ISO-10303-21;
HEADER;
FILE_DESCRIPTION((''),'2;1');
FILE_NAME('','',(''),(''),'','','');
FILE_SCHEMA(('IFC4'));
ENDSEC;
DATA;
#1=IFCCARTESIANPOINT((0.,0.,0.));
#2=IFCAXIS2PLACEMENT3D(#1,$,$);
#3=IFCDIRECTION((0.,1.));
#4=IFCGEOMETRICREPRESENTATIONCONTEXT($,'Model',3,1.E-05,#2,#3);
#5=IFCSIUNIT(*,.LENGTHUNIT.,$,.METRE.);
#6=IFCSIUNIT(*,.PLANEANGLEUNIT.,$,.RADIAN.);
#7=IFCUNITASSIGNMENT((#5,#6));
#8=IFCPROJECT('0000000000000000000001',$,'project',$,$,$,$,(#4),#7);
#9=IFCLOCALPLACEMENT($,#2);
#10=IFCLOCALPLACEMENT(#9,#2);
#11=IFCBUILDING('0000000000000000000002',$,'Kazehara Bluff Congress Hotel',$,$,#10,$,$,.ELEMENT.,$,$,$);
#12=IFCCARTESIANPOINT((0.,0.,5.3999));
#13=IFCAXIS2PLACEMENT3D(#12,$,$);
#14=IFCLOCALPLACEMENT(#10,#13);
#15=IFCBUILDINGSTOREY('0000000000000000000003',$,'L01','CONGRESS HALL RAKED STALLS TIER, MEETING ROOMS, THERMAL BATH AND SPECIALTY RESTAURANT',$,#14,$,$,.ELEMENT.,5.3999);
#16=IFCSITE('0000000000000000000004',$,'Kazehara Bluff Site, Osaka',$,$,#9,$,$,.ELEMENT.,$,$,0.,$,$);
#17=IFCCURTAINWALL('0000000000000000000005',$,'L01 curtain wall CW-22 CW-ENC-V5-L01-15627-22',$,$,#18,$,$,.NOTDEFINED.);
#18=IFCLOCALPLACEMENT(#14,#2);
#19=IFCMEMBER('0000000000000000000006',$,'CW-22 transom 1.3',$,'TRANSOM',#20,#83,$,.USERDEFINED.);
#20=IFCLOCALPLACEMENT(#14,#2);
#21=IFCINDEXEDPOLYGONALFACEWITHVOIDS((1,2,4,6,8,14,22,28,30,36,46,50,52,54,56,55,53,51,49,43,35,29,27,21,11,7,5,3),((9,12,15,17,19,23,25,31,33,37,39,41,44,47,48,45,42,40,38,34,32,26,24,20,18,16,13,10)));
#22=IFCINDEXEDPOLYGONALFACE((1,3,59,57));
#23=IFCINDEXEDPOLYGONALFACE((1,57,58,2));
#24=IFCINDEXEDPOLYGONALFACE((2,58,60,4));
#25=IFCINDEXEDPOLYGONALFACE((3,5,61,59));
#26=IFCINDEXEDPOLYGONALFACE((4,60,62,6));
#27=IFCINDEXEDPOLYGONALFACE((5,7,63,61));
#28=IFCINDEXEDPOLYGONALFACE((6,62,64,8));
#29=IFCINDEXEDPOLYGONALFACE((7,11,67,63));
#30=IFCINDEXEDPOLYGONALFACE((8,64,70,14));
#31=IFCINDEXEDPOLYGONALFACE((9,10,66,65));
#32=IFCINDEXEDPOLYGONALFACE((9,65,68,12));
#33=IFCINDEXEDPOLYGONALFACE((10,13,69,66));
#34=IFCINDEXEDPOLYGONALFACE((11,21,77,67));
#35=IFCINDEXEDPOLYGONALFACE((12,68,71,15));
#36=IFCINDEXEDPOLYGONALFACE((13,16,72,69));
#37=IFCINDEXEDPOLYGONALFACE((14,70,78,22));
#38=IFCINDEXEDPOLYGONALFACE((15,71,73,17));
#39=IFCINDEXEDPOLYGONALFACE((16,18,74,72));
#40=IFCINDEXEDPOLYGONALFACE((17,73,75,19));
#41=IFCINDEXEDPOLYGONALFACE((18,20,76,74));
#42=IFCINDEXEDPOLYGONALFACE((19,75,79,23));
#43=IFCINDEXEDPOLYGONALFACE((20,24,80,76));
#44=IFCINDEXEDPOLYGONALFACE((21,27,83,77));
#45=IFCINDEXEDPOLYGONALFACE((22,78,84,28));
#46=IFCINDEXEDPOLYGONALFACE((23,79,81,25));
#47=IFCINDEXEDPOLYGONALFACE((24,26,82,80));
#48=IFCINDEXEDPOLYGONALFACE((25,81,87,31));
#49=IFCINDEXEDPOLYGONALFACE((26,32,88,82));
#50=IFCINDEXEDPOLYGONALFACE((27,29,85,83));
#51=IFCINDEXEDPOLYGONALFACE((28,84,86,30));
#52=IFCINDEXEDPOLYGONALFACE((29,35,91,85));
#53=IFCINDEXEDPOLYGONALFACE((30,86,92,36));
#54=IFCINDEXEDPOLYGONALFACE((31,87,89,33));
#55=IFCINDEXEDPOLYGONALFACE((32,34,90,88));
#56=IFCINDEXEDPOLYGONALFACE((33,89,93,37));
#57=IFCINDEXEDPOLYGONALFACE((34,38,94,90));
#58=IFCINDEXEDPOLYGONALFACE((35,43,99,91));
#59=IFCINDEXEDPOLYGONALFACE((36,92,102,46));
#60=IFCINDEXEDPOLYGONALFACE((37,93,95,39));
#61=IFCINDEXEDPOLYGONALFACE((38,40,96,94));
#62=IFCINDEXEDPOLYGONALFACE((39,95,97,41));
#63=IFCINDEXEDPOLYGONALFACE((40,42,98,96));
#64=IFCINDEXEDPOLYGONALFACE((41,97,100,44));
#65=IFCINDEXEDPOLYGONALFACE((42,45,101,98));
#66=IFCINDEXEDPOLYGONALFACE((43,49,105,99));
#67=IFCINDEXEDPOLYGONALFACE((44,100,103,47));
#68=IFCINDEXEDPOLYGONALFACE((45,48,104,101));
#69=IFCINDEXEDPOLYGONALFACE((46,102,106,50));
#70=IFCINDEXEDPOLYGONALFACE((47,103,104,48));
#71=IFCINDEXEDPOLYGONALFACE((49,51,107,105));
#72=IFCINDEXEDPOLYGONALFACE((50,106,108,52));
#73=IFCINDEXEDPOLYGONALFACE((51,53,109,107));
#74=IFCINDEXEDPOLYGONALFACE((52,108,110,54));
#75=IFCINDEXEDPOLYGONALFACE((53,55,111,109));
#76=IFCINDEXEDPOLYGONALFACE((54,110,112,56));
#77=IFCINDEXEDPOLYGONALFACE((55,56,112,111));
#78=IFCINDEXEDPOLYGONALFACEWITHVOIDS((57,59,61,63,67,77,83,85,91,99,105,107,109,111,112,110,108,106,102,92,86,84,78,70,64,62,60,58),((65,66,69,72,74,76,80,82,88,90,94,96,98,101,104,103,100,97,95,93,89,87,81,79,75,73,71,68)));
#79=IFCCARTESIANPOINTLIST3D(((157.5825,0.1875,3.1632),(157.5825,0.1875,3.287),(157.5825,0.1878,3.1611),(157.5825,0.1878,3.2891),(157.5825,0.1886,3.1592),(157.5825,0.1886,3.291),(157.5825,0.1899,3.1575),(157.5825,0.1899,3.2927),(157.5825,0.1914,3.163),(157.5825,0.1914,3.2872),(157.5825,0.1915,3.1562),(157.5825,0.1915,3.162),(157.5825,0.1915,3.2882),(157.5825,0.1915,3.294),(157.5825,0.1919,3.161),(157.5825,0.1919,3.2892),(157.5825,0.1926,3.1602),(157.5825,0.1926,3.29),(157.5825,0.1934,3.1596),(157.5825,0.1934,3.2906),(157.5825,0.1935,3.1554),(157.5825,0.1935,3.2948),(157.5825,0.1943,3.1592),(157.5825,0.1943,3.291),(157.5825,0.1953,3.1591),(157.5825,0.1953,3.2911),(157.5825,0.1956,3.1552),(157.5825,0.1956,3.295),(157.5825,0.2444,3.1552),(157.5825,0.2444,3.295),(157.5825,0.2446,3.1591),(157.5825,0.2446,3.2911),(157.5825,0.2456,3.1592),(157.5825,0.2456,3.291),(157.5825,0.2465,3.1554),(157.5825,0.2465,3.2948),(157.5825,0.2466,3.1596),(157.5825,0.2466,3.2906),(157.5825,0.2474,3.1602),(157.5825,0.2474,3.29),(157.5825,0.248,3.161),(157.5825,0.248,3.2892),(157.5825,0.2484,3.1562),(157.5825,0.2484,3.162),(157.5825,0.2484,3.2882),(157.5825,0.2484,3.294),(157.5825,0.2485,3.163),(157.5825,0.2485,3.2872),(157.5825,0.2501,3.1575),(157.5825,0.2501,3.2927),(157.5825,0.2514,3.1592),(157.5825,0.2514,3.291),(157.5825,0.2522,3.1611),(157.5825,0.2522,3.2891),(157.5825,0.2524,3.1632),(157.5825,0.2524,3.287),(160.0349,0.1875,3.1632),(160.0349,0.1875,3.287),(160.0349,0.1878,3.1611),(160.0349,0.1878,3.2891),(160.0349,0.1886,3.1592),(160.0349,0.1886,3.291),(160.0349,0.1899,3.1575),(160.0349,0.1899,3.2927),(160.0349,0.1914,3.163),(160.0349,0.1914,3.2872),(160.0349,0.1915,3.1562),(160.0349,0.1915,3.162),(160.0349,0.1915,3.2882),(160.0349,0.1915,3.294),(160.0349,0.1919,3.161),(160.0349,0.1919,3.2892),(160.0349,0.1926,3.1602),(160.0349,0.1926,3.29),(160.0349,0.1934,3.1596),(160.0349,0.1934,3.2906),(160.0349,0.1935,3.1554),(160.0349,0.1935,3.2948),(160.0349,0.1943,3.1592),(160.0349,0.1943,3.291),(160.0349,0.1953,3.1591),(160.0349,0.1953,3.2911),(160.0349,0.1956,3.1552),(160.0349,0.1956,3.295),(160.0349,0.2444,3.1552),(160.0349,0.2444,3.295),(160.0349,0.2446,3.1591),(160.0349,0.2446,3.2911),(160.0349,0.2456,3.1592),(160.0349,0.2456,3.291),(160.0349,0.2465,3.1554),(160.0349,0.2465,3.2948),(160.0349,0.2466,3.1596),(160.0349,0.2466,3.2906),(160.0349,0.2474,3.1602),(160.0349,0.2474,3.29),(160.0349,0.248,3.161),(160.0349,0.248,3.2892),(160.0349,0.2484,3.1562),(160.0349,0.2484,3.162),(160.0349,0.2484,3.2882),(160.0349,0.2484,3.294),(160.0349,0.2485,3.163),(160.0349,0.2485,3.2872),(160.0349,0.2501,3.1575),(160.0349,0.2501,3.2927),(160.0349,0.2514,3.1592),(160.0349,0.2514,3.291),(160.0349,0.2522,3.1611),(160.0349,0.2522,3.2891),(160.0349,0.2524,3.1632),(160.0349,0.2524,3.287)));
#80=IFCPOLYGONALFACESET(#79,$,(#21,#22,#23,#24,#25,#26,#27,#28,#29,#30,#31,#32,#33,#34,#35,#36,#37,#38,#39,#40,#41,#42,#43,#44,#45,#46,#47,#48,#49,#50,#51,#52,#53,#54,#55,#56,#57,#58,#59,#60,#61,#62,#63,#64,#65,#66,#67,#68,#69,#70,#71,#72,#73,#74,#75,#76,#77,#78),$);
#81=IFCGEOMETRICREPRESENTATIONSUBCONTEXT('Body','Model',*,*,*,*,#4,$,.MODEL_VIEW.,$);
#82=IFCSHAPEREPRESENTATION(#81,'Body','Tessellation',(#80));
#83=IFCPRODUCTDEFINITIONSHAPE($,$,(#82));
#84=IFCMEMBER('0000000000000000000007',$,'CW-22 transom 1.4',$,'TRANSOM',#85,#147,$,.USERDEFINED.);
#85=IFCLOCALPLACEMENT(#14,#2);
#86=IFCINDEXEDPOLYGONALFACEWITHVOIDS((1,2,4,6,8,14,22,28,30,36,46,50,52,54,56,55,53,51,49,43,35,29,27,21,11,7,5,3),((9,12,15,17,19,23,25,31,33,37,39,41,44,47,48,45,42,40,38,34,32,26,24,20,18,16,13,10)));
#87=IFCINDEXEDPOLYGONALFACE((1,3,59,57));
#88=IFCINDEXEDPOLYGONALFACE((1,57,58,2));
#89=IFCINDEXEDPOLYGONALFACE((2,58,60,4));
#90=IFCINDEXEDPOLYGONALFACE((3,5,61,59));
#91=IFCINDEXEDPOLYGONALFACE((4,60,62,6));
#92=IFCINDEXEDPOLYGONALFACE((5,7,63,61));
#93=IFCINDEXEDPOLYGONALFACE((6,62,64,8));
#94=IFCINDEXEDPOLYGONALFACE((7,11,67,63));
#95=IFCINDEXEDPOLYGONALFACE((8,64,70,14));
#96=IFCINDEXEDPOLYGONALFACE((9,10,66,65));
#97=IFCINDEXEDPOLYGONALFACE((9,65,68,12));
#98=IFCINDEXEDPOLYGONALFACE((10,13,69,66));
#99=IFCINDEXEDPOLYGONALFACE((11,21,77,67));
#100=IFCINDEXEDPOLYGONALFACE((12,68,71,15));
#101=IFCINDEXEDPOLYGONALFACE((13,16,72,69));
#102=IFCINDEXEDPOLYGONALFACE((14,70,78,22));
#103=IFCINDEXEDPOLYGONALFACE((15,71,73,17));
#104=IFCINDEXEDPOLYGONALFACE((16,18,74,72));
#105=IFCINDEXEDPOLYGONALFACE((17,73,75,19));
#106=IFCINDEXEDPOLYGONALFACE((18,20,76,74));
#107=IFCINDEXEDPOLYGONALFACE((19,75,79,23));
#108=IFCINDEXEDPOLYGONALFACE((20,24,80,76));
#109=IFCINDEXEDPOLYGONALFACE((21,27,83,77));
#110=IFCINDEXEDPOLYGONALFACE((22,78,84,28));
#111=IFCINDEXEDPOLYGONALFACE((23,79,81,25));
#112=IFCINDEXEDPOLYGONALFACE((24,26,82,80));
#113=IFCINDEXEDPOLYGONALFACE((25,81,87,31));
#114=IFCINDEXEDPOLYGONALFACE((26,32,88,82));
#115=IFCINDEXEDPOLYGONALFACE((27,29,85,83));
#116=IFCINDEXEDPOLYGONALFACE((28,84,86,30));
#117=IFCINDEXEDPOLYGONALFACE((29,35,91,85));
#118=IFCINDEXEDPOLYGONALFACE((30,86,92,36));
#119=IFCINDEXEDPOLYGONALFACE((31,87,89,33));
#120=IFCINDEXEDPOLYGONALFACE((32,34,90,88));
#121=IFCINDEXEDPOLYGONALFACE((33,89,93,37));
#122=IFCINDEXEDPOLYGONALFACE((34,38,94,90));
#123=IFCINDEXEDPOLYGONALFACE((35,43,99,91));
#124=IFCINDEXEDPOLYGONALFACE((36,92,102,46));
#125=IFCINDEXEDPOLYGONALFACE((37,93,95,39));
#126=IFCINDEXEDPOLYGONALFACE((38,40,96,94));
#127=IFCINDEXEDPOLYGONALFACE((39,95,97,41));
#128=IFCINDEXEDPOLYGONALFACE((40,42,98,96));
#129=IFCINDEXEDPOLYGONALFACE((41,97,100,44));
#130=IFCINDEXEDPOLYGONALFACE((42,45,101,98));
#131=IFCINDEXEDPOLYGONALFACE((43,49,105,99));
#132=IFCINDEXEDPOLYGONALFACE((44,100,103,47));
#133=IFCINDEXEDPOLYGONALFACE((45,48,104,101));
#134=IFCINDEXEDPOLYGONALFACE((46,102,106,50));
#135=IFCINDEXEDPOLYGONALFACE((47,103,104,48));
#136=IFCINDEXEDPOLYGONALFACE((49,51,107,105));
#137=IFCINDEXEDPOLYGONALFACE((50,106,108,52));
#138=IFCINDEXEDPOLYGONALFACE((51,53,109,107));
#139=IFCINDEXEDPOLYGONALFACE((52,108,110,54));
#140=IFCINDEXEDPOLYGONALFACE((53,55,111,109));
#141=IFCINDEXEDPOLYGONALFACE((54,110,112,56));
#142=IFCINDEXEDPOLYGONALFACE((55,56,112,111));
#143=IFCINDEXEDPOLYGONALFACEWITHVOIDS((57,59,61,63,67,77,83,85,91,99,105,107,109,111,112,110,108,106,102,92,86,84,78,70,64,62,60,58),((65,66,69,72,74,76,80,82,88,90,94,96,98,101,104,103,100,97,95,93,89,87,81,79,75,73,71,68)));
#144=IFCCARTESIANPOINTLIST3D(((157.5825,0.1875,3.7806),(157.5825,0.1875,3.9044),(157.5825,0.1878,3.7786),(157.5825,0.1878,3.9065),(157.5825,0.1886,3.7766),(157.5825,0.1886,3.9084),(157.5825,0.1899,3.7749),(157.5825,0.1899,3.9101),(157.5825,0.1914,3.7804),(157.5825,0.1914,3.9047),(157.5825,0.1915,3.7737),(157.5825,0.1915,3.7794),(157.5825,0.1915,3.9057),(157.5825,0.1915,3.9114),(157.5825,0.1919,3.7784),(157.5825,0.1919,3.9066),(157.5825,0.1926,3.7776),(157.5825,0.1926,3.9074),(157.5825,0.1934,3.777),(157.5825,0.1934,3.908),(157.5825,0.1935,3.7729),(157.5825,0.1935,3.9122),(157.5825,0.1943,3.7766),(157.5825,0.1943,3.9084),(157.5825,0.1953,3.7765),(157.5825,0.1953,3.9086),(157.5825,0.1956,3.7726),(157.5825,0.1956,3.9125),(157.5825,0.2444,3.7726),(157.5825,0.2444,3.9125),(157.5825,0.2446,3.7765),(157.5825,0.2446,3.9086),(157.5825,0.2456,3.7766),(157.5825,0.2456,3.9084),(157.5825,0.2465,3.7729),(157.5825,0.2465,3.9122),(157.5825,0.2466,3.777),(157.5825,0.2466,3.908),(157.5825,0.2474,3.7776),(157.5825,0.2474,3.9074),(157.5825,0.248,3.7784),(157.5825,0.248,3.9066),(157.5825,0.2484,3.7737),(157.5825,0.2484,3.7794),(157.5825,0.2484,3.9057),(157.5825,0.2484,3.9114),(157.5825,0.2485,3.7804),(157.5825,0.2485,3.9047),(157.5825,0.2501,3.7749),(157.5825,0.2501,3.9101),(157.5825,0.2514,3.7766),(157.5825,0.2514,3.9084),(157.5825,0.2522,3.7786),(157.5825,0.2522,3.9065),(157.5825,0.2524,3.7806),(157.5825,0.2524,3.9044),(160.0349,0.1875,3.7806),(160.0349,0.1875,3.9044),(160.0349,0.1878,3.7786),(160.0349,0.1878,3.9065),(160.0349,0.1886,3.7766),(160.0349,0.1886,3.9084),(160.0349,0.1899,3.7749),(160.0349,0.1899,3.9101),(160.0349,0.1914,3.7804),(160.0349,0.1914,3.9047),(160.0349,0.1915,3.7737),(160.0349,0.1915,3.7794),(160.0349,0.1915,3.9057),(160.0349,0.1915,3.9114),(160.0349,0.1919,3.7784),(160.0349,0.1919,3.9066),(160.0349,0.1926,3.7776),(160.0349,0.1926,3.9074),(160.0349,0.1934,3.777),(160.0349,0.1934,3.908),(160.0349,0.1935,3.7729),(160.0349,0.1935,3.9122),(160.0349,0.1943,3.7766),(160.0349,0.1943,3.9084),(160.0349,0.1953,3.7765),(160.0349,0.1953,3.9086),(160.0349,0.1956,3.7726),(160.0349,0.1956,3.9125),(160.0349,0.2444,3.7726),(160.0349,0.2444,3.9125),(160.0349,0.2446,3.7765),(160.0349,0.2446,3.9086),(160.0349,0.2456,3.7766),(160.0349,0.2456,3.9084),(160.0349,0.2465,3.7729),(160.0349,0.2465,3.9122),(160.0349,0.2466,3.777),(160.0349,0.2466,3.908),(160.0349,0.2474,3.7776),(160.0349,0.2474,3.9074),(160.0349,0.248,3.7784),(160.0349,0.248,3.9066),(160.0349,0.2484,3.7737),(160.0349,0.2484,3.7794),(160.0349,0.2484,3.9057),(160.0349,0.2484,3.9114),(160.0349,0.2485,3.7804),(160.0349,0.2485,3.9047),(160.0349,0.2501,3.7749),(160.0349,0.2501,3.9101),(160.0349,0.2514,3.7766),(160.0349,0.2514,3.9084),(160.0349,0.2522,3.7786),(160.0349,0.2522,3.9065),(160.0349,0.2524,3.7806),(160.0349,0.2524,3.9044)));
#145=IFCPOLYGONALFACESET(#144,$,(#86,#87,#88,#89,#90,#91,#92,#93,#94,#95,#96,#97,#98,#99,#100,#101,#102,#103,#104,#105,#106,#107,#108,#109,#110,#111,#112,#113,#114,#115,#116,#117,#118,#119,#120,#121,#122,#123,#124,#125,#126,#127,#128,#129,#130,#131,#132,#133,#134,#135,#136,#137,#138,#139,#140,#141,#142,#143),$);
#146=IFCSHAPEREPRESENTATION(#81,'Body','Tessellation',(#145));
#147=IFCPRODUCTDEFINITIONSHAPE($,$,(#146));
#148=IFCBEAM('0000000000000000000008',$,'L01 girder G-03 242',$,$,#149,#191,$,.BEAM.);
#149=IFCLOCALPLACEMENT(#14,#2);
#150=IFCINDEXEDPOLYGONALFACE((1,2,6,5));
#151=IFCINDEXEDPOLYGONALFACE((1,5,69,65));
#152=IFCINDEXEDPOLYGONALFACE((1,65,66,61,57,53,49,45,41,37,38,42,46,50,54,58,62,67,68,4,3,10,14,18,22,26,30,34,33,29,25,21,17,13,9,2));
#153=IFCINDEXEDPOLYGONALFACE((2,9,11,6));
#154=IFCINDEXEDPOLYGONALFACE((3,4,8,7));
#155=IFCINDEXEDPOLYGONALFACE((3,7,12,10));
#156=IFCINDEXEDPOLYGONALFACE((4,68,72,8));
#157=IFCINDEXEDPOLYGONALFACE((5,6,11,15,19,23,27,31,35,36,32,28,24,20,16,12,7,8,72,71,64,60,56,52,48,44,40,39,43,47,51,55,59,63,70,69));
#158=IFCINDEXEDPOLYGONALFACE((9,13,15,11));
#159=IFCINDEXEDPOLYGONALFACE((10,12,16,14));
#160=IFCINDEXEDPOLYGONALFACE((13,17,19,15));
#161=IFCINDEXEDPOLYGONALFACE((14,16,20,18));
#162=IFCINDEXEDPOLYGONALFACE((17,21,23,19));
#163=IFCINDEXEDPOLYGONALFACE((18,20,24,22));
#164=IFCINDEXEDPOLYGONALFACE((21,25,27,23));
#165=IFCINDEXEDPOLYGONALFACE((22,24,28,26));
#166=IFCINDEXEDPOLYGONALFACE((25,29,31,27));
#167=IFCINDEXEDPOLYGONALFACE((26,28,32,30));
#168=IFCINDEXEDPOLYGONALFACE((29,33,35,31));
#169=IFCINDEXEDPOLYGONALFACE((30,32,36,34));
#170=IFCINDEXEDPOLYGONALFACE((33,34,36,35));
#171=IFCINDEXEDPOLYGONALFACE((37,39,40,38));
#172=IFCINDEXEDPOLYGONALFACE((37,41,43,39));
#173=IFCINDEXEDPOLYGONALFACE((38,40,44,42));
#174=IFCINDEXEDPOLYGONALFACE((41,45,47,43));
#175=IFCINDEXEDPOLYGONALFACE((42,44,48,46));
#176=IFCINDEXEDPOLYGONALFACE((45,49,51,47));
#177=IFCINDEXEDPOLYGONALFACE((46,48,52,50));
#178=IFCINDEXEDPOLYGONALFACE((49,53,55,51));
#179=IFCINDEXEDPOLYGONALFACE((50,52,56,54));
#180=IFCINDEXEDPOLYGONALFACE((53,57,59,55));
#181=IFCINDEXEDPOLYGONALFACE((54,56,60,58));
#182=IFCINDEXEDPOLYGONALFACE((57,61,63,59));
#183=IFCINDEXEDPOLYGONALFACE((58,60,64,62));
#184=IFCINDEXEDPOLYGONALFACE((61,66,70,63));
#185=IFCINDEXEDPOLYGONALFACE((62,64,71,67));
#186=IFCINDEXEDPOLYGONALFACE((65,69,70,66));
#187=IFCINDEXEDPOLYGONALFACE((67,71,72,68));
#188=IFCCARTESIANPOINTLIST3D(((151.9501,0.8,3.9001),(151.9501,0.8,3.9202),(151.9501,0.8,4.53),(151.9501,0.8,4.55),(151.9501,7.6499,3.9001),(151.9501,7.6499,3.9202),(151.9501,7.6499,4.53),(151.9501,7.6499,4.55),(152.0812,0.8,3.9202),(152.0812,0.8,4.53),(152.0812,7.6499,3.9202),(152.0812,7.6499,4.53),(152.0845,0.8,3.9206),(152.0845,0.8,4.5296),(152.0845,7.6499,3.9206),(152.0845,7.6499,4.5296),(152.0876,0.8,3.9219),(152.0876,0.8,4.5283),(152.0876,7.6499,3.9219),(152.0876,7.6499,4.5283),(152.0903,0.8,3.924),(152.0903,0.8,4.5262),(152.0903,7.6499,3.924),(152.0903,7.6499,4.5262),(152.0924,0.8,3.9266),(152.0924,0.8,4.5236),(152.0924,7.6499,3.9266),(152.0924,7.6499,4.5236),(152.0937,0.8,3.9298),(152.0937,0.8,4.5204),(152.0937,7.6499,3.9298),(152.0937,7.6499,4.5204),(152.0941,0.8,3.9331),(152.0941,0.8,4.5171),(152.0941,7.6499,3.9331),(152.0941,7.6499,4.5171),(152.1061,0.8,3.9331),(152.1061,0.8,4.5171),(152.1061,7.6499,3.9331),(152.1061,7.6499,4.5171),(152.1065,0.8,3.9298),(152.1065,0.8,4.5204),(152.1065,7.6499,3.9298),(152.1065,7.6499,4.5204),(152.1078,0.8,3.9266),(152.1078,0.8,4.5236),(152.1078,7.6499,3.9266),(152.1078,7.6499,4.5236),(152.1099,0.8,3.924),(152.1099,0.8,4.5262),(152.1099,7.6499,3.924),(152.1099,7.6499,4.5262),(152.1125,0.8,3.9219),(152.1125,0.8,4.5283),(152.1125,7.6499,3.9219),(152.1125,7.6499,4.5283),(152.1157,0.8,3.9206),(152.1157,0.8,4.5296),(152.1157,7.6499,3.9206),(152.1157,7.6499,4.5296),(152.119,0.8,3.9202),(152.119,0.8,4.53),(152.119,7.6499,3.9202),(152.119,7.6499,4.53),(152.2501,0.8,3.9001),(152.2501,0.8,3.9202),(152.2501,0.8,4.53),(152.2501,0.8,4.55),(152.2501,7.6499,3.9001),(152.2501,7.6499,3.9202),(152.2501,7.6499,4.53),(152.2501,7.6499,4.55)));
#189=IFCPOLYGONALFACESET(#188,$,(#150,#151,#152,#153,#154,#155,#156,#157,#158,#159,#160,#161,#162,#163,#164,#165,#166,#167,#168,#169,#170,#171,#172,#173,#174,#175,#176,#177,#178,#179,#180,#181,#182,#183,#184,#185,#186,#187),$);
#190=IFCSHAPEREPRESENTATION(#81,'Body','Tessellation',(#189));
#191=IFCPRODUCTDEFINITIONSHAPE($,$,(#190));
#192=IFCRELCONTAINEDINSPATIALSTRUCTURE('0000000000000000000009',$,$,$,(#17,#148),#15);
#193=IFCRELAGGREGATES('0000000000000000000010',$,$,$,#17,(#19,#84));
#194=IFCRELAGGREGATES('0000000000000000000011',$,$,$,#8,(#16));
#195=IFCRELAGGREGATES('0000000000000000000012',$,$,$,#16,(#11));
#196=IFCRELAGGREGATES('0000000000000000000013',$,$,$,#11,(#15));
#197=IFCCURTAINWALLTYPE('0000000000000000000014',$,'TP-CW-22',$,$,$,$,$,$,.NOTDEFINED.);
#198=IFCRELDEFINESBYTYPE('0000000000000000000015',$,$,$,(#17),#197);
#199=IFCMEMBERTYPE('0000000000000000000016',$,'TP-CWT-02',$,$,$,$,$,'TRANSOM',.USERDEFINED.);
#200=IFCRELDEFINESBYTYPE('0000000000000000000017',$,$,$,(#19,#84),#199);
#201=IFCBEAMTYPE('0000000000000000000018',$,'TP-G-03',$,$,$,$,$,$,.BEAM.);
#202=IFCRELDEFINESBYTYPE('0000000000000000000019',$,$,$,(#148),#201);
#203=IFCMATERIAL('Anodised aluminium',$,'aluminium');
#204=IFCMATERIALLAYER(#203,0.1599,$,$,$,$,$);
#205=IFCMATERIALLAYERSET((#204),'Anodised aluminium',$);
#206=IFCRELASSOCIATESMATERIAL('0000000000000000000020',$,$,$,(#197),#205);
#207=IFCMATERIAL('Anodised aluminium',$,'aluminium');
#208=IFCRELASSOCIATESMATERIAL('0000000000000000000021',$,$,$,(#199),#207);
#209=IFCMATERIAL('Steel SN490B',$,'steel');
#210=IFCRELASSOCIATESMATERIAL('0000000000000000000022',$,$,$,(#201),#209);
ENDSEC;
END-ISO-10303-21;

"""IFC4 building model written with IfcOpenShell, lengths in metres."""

from ifc_helpers import new_model, si_unit, direction, frame, origin, origin_2d, place, context, subcontext, project, spatial, hollow_rectangle, i_section, extrude, material, layer, layer_set, material_profile, profile_set, type_object, element, aggregate, save


model = new_model("IFC4")

# Units and contexts
model_context = context("Model", 3, precision=1e-05, world=origin(), true_north=direction((0.0, 1.0)))
body_context = subcontext(model_context, "Body", "Model", "MODEL_VIEW")
ifc_project = project(units=[si_unit("LENGTHUNIT", "METRE"), si_unit("PLANEANGLEUNIT", "RADIAN")], contexts=[model_context])

# Site, building, storey
site_placement = place(None, origin())
site = spatial("IfcSite", under=ifc_project, at=site_placement, Name="Kazehara Bluff Site, Osaka", CompositionType="ELEMENT", RefElevation=0.0)
building_placement = place(site_placement, origin())
building = spatial("IfcBuilding", under=site, at=building_placement, Name="Kazehara Bluff Congress Hotel", CompositionType="ELEMENT")
storey_placement = place(building_placement, frame((0.0, 0.0, 5.3999)))
storey = spatial("IfcBuildingStorey", under=building, at=storey_placement, Name="L01", Description="CONGRESS HALL RAKED STALLS TIER, MEETING ROOMS, THERMAL BATH AND SPECIALTY RESTAURANT", CompositionType="ELEMENT", Elevation=5.3999)

# Curtain wall, members
ifc_material_1 = material(Name="Anodised aluminium", Category="aluminium")
ifc_layer_1 = layer(ifc_material_1, 0.1599)
ifc_layer_set_1 = layer_set([ifc_layer_1], Name="Anodised aluminium")
curtain_wall_type_1 = type_object("IfcCurtainWallType", Name="TP-CW-22", PredefinedType="NOTDEFINED", material=ifc_layer_set_1)
curtain_wall_1_placement = place(storey_placement, origin())
curtain_wall_1 = element("IfcCurtainWall", 1, at=curtain_wall_1_placement, inside=storey, type_object=curtain_wall_type_1, Name="L01 curtain wall CW-22 CW-ENC-V5-L01-15627-22", PredefinedType="NOTDEFINED")
ifc_material_2 = material(Name="Anodised aluminium", Category="aluminium")
ifc_material_profile_1 = material_profile(ifc_material_2, hollow_rectangle(XDim=0.0649, YDim=0.1399, WallThickness=0.0039, InnerFilletRadius=0.0039, OuterFilletRadius=0.0081, at=origin_2d()))
ifc_profile_set_1 = profile_set([ifc_material_profile_1], Name="Anodised aluminium")
member_type_1 = type_object("IfcMemberType", Name="TP-CWT-02", ElementType="TRANSOM", PredefinedType="USERDEFINED", material=ifc_profile_set_1)
member_1_placement = place(storey_placement, frame((160.0349, 0.22, 3.2251), z_axis=(-1.0, 0.0, 0.0), x_axis=(0.0, -1.0, 0.0)))
member_1 = element("IfcMember", 2, at=member_1_placement, type_object=member_type_1, Name="CW-22 transom 1.3", ObjectType="TRANSOM", PredefinedType="USERDEFINED", context=body_context, shape_type="SweptSolid", body=[
    extrude(hollow_rectangle(XDim=0.0649, YDim=0.1399, WallThickness=0.0039, InnerFilletRadius=0.0039, OuterFilletRadius=0.0081, at=origin_2d()), origin(), (0.0, 0.0, 1.0), 2.4524),
])
member_2_placement = place(storey_placement, frame((160.0349, 0.22, 3.8425), z_axis=(-1.0, 0.0, 0.0), x_axis=(0.0, -1.0, 0.0)))
member_2 = element("IfcMember", 3, at=member_2_placement, type_object=member_type_1, Name="CW-22 transom 1.4", ObjectType="TRANSOM", PredefinedType="USERDEFINED", context=body_context, shape_type="SweptSolid", body=[
    extrude(hollow_rectangle(XDim=0.0649, YDim=0.1399, WallThickness=0.0039, InnerFilletRadius=0.0039, OuterFilletRadius=0.0081, at=origin_2d()), origin(), (0.0, 0.0, 1.0), 2.4524),
])
aggregate(curtain_wall_1, [member_1, member_2])

# Beam
ifc_material_3 = material(Name="Steel SN490B", Category="steel")
ifc_material_profile_2 = material_profile(ifc_material_3, i_section(OverallWidth=0.3, OverallDepth=0.6499, WebThickness=0.012, FlangeThickness=0.02, FilletRadius=0.0129, at=origin_2d()))
ifc_profile_set_2 = profile_set([ifc_material_profile_2], Name="Steel SN490B")
beam_type_1 = type_object("IfcBeamType", Name="TP-G-03", PredefinedType="BEAM", material=ifc_profile_set_2)
beam_1_placement = place(storey_placement, frame((152.1001, 0.8, 4.2251), z_axis=(0.0, 1.0, 0.0), x_axis=(-1.0, 0.0, 0.0)))
element("IfcBeam", 4, at=beam_1_placement, inside=storey, type_object=beam_type_1, Name="L01 girder G-03 242", PredefinedType="BEAM", context=body_context, shape_type="SweptSolid", body=[
    extrude(i_section(OverallWidth=0.3, OverallDepth=0.6499, WebThickness=0.012, FlangeThickness=0.02, FilletRadius=0.0129, at=origin_2d()), origin(), (0.0, 0.0, 1.0), 6.8499),
])

save(model, "model.ifc")
